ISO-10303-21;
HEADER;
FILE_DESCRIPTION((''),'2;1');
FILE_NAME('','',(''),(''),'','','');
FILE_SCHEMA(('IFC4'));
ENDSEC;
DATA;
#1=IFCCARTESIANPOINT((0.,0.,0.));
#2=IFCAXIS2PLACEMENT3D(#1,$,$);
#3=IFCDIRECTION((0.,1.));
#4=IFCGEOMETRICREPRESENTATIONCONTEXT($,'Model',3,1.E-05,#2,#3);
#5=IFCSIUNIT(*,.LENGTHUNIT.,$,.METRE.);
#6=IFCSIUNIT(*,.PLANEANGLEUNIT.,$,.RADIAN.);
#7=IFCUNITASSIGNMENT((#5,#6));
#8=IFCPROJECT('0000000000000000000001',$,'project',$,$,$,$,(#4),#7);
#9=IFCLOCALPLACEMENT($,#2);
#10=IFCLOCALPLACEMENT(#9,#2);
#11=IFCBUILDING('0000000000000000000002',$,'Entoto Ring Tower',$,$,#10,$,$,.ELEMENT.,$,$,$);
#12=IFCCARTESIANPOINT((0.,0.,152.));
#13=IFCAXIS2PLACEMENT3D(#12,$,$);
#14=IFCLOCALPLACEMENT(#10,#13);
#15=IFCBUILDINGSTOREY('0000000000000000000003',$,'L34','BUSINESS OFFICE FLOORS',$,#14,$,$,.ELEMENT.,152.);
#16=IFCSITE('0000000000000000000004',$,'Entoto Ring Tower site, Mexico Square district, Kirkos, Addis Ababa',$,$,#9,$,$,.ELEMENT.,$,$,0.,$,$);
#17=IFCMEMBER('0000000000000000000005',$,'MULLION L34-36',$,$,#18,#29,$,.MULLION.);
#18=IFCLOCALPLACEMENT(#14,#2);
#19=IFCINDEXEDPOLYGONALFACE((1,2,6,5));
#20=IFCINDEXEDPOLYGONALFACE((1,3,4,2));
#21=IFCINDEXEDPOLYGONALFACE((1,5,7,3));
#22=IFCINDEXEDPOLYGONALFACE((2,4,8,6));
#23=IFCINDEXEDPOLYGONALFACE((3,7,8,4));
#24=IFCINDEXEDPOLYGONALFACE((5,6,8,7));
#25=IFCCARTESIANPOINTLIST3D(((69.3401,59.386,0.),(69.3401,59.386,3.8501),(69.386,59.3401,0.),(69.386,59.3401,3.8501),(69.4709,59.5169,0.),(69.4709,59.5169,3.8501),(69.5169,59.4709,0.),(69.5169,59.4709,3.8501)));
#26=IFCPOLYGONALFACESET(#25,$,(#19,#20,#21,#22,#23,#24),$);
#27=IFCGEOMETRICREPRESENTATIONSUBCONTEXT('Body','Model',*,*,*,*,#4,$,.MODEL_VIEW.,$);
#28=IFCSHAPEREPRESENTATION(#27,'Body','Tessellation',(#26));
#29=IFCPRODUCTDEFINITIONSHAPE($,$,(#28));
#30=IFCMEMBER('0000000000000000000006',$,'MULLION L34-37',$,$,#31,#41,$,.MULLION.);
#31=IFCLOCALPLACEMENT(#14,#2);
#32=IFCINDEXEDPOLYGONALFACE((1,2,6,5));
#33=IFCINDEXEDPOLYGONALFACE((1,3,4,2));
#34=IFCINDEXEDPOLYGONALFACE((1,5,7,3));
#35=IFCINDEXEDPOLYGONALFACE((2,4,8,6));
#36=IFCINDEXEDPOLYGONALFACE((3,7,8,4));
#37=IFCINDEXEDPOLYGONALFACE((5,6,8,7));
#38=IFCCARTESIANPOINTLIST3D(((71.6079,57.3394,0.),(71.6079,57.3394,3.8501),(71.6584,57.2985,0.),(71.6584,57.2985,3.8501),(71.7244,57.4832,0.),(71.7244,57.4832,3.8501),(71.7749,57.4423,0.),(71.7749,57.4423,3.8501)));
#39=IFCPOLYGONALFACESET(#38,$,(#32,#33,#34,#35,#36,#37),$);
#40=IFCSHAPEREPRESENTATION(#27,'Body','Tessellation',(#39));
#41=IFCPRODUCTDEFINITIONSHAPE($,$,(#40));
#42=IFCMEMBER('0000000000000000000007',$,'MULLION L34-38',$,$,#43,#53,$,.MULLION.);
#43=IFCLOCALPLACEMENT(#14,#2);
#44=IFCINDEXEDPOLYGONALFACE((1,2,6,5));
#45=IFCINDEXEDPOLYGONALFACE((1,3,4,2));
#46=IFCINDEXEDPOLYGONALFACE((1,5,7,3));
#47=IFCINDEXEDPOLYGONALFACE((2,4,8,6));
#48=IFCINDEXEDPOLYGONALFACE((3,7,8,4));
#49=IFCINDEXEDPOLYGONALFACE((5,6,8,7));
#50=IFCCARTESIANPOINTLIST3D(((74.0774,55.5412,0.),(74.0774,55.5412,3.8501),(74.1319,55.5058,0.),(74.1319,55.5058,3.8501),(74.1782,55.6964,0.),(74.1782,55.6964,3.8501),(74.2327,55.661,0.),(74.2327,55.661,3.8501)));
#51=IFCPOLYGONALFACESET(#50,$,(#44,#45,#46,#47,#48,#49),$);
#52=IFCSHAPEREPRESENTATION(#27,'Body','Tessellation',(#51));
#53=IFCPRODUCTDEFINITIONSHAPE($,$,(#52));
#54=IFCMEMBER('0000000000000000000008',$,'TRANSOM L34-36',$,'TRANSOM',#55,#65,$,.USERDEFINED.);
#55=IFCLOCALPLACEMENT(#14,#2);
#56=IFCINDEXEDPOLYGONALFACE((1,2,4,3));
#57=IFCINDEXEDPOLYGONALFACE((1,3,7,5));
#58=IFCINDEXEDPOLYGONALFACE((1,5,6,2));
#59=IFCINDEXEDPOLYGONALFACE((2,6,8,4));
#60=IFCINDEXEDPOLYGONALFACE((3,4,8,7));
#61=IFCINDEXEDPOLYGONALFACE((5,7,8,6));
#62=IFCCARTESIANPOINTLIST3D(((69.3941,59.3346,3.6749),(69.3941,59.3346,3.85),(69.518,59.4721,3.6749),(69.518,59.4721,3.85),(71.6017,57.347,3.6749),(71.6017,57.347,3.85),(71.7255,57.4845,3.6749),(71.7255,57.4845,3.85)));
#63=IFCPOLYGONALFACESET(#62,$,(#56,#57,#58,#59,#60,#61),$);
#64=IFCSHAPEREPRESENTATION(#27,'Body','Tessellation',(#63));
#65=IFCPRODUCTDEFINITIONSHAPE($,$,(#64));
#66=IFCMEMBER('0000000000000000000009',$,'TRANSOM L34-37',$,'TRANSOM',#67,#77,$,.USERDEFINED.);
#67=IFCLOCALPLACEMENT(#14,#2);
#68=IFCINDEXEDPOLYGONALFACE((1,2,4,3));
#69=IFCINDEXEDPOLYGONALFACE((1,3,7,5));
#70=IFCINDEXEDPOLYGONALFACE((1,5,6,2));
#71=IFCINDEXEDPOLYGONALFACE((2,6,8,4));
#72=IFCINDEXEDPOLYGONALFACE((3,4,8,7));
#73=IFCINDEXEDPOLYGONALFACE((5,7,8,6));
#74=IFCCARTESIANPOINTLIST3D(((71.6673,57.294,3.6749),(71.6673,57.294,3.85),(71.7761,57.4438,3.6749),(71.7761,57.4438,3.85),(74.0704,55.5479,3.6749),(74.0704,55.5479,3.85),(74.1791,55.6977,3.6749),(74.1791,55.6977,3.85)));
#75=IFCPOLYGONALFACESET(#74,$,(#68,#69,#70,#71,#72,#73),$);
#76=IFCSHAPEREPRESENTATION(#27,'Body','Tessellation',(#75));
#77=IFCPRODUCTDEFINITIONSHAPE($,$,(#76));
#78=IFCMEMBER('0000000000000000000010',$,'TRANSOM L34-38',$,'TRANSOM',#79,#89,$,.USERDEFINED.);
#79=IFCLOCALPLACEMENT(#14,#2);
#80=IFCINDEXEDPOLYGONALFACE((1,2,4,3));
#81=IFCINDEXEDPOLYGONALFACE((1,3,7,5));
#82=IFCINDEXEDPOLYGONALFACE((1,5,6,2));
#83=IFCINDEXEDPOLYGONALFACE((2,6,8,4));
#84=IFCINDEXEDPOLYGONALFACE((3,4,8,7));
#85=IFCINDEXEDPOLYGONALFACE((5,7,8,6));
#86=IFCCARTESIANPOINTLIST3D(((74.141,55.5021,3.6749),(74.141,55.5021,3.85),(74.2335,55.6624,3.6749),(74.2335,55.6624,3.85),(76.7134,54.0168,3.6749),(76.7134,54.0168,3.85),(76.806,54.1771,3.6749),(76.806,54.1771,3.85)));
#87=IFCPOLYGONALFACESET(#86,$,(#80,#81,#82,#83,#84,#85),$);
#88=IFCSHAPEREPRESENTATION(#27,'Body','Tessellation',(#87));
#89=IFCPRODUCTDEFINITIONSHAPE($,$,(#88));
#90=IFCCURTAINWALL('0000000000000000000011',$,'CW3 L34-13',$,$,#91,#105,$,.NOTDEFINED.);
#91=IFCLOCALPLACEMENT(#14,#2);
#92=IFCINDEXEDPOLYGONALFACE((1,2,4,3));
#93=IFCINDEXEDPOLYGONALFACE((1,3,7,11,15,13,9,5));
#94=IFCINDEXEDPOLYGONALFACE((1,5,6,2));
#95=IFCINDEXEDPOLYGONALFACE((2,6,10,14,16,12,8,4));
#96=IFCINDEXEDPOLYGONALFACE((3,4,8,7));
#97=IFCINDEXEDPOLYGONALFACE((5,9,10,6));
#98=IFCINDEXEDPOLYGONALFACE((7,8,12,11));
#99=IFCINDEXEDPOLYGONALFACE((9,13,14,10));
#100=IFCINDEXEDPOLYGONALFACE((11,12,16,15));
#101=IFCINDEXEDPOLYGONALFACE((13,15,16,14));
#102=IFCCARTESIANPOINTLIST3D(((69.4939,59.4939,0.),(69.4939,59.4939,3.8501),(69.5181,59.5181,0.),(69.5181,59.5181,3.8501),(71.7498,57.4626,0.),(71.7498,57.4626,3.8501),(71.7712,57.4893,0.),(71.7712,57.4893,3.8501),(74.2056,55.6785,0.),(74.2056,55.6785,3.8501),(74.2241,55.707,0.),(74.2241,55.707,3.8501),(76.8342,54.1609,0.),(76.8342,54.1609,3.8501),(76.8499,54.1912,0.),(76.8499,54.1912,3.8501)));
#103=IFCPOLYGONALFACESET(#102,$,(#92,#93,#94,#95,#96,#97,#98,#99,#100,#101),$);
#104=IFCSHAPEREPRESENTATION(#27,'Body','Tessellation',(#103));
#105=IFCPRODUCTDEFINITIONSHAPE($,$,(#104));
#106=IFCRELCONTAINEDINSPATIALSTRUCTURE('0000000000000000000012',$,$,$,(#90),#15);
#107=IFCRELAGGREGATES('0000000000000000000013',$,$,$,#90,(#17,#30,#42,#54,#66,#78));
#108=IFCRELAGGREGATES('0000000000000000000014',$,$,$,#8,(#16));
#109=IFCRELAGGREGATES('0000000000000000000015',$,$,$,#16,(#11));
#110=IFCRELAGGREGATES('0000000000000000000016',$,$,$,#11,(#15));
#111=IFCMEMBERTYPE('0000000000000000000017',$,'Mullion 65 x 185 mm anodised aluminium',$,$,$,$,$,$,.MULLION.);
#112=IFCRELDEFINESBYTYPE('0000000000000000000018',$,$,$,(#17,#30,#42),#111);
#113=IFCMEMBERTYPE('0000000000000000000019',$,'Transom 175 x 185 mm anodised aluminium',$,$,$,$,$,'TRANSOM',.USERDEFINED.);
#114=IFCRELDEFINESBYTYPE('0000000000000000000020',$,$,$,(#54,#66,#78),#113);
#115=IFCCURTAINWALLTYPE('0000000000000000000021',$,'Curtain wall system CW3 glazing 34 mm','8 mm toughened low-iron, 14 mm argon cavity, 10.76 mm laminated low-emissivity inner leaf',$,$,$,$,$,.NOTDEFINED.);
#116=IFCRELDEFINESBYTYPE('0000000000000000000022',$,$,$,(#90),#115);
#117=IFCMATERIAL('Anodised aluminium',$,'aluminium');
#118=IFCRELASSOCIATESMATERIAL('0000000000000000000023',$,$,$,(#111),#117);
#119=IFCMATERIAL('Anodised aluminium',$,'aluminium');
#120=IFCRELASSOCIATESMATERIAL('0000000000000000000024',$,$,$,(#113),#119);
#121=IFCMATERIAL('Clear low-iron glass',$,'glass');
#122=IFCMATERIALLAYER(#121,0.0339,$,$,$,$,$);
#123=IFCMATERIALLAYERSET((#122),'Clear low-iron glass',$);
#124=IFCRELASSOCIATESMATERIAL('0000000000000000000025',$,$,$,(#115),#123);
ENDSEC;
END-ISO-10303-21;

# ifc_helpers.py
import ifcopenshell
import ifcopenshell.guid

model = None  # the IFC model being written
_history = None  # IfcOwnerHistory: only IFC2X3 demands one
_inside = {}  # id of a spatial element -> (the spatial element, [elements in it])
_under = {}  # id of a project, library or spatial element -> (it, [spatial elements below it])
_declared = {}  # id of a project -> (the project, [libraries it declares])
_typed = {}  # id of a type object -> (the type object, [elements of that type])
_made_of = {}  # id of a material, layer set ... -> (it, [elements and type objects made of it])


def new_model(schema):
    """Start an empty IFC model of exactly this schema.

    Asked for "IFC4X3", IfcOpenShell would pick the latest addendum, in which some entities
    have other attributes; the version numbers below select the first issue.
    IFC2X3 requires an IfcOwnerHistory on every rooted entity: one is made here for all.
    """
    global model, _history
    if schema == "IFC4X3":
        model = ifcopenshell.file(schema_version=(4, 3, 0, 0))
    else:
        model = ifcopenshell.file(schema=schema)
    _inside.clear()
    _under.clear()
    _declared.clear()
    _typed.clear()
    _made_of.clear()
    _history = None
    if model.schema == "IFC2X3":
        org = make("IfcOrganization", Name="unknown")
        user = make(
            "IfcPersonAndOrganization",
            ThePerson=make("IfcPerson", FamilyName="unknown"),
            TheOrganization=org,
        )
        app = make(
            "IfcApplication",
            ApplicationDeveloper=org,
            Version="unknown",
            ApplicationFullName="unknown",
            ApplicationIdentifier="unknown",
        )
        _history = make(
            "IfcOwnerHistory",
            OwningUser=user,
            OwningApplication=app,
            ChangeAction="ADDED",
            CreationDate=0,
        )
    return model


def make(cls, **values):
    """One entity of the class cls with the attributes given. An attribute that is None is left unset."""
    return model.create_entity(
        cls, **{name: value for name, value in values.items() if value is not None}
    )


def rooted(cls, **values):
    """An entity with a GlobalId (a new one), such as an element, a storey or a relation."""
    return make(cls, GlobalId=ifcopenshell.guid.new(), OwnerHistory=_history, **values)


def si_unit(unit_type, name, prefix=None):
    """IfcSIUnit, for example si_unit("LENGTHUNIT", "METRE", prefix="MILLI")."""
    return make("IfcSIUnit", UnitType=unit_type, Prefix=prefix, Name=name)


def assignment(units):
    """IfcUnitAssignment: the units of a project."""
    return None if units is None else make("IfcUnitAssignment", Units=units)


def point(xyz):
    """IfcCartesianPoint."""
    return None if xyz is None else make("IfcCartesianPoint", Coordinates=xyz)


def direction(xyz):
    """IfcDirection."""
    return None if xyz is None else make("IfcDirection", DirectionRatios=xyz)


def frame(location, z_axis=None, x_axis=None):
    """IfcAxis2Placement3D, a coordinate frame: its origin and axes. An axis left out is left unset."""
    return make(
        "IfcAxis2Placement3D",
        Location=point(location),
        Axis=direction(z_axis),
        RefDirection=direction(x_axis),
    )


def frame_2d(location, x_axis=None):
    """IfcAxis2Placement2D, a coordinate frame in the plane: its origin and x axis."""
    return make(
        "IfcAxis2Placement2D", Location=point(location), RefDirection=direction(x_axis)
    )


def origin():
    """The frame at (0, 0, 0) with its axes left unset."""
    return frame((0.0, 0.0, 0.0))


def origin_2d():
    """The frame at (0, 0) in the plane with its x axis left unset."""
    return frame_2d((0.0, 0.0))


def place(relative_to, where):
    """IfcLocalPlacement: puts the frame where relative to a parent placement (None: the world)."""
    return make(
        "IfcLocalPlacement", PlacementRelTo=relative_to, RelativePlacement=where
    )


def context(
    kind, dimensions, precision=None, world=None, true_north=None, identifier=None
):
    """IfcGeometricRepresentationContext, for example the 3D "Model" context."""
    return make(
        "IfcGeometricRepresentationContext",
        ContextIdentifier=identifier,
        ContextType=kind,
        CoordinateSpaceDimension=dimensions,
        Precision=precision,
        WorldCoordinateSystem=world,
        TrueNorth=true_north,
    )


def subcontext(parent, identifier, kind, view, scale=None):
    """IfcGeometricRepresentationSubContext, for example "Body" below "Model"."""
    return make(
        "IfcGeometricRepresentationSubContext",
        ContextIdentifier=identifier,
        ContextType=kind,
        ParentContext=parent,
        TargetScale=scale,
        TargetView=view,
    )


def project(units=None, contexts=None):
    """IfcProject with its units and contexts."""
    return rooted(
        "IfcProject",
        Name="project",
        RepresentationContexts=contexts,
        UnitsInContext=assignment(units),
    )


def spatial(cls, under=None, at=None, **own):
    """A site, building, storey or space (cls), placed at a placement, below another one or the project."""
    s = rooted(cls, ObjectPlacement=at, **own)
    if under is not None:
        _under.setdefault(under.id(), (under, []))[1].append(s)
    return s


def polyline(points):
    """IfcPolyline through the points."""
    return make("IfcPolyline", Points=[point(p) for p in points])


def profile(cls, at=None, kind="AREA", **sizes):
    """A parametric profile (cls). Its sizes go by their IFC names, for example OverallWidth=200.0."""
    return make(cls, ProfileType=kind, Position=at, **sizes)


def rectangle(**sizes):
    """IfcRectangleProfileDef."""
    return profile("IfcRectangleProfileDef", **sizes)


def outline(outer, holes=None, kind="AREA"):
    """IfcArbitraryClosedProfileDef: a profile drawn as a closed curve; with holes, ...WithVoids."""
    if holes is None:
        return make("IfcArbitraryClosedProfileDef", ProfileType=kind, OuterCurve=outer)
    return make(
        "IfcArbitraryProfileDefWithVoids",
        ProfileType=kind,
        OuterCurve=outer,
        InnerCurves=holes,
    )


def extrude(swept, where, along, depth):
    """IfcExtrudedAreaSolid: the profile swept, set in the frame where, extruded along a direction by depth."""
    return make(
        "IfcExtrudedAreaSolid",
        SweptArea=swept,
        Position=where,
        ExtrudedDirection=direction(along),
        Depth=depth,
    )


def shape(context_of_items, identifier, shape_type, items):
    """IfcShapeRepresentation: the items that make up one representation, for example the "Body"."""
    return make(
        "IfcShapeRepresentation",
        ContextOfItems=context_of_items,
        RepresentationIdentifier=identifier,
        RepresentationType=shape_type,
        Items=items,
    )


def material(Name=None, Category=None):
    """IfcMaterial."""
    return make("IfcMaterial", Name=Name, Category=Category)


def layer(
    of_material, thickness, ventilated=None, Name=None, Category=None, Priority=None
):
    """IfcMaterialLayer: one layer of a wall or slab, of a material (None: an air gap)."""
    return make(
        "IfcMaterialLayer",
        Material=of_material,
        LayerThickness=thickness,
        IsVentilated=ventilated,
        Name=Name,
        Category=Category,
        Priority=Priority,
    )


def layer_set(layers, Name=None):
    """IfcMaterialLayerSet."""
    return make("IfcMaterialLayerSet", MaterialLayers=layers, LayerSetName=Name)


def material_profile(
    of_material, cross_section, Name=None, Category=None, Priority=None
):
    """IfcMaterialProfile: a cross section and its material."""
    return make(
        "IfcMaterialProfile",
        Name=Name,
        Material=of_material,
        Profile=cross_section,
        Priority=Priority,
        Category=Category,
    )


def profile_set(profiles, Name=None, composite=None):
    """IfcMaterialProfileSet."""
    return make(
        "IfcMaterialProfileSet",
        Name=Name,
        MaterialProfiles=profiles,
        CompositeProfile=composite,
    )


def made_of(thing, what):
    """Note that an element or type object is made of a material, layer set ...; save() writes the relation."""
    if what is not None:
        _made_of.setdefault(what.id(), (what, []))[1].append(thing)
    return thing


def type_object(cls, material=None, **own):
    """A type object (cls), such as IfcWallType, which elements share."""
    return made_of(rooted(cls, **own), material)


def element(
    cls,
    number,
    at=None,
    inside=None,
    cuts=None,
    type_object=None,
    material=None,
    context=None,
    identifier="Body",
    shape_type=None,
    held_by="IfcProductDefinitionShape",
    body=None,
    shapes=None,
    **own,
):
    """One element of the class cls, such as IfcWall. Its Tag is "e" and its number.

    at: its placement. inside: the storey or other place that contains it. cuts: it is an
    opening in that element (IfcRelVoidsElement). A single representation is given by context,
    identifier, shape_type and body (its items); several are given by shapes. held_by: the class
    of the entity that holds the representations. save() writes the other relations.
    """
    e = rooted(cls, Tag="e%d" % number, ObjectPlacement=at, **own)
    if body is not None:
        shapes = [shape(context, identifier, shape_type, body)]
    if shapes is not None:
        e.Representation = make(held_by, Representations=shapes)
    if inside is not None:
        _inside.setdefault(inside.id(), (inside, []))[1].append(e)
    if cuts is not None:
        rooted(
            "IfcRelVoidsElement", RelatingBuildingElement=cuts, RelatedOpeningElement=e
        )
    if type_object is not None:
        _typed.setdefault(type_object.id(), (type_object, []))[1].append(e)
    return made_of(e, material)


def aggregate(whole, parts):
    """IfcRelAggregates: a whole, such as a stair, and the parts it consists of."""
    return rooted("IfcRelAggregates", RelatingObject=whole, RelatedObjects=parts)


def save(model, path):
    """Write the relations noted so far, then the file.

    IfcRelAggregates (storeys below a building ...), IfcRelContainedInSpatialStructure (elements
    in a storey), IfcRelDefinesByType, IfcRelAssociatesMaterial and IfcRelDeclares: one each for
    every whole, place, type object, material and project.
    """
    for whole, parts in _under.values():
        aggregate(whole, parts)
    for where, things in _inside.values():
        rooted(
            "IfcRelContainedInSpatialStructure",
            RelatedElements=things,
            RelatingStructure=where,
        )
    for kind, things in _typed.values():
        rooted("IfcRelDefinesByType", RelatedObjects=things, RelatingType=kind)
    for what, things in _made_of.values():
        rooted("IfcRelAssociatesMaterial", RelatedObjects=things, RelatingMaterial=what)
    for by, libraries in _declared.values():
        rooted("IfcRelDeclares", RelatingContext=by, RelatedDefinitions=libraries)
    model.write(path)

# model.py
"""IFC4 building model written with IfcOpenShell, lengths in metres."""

from ifc_helpers import new_model, si_unit, direction, frame, origin, origin_2d, place, context, subcontext, project, spatial, polyline, rectangle, outline, extrude, material, layer, layer_set, material_profile, profile_set, type_object, element, aggregate, save


model = new_model("IFC4")

# Units and contexts
model_context = context("Model", 3, precision=1e-05, world=origin(), true_north=direction((0.0, 1.0)))
body_context = subcontext(model_context, "Body", "Model", "MODEL_VIEW")
ifc_project = project(units=[si_unit("LENGTHUNIT", "METRE"), si_unit("PLANEANGLEUNIT", "RADIAN")], contexts=[model_context])

# Members
ifc_material_1 = material(Name="Anodised aluminium", Category="aluminium")
ifc_material_profile_1 = material_profile(ifc_material_1, rectangle(XDim=0.0649, YDim=0.1851, at=origin_2d()), Name="Mullion 65 x 185 mm anodised aluminium")
ifc_profile_set_1 = profile_set([ifc_material_profile_1], Name="Anodised aluminium")
member_type_1 = type_object("IfcMemberType", Name="Mullion 65 x 185 mm anodised aluminium", PredefinedType="MULLION", material=ifc_profile_set_1)
site_placement = place(None, origin())
building_placement = place(site_placement, origin())
storey_placement = place(building_placement, frame((0.0, 0.0, 152.0)))
member_1_placement = place(storey_placement, frame((69.4285, 59.4285, 0.0), z_axis=(0.0, 0.0, 1.0), x_axis=(0.707107, -0.707107, 0.0)))
member_1 = element("IfcMember", 1, at=member_1_placement, type_object=member_type_1, Name="MULLION L34-36", PredefinedType="MULLION", context=body_context, shape_type="SweptSolid", body=[
    extrude(rectangle(XDim=0.0649, YDim=0.1851, at=origin_2d()), origin(), (0.0, 0.0, 1.0), 3.8501),
])
member_2_placement = place(storey_placement, frame((71.6914, 57.3909, 0.0), z_axis=(0.0, 0.0, 1.0), x_axis=(0.777146, -0.62932, 0.0)))
member_2 = element("IfcMember", 2, at=member_2_placement, type_object=member_type_1, Name="MULLION L34-37", PredefinedType="MULLION", context=body_context, shape_type="SweptSolid", body=[
    extrude(rectangle(XDim=0.0649, YDim=0.1851, at=origin_2d()), origin(), (0.0, 0.0, 1.0), 3.8501),
])
member_3_placement = place(storey_placement, frame((74.155, 55.6011, 0.0), z_axis=(0.0, 0.0, 1.0), x_axis=(0.838671, -0.544639, 0.0)))
member_3 = element("IfcMember", 3, at=member_3_placement, type_object=member_type_1, Name="MULLION L34-38", PredefinedType="MULLION", context=body_context, shape_type="SweptSolid", body=[
    extrude(rectangle(XDim=0.0649, YDim=0.1851, at=origin_2d()), origin(), (0.0, 0.0, 1.0), 3.8501),
])
ifc_material_2 = material(Name="Anodised aluminium", Category="aluminium")
ifc_material_profile_2 = material_profile(ifc_material_2, rectangle(XDim=0.1851, YDim=0.175, at=origin_2d()), Name="Transom 175 x 185 mm anodised aluminium")
ifc_profile_set_2 = profile_set([ifc_material_profile_2], Name="Anodised aluminium")
member_type_2 = type_object("IfcMemberType", Name="Transom 175 x 185 mm anodised aluminium", ElementType="TRANSOM", PredefinedType="USERDEFINED", material=ifc_profile_set_2)
member_4_placement = place(storey_placement, frame((69.4561, 59.4033, 3.7625), z_axis=(0.743163, -0.66911, 0.0), x_axis=(0.66911, 0.743163, 0.0)))
member_4 = element("IfcMember", 4, at=member_4_placement, type_object=member_type_2, Name="TRANSOM L34-36", ObjectType="TRANSOM", PredefinedType="USERDEFINED", context=body_context, shape_type="SweptSolid", body=[
    extrude(rectangle(XDim=0.1851, YDim=0.175, at=origin_2d()), origin(), (0.0, 0.0, 1.0), 2.9705),
])
member_5_placement = place(storey_placement, frame((71.7217, 57.3689, 3.7625), z_axis=(0.808992, -0.58782, 0.0), x_axis=(0.58782, 0.808992, 0.0)))
member_5 = element("IfcMember", 5, at=member_5_placement, type_object=member_type_2, Name="TRANSOM L34-37", ObjectType="TRANSOM", PredefinedType="USERDEFINED", context=body_context, shape_type="SweptSolid", body=[
    extrude(rectangle(XDim=0.1851, YDim=0.175, at=origin_2d()), origin(), (0.0, 0.0, 1.0), 2.9705),
])
member_6_placement = place(storey_placement, frame((74.1873, 55.5823, 3.7625), z_axis=(0.866009, -0.500028, 0.0), x_axis=(0.500028, 0.866009, 0.0)))
member_6 = element("IfcMember", 6, at=member_6_placement, type_object=member_type_2, Name="TRANSOM L34-38", ObjectType="TRANSOM", PredefinedType="USERDEFINED", context=body_context, shape_type="SweptSolid", body=[
    extrude(rectangle(XDim=0.1851, YDim=0.175, at=origin_2d()), origin(), (0.0, 0.0, 1.0), 2.9705),
])

# Site, building, storey
site = spatial("IfcSite", under=ifc_project, at=site_placement, Name="Entoto Ring Tower site, Mexico Square district, Kirkos, Addis Ababa", CompositionType="ELEMENT", RefElevation=0.0)
building = spatial("IfcBuilding", under=site, at=building_placement, Name="Entoto Ring Tower", CompositionType="ELEMENT")
storey = spatial("IfcBuildingStorey", under=building, at=storey_placement, Name="L34", Description="BUSINESS OFFICE FLOORS", CompositionType="ELEMENT", Elevation=152.0)

# Curtain wall
ifc_material_3 = material(Name="Clear low-iron glass", Category="glass")
ifc_layer = layer(ifc_material_3, 0.0339)
ifc_layer_set = layer_set([ifc_layer], Name="Clear low-iron glass")
curtain_wall_type = type_object("IfcCurtainWallType", Name="Curtain wall system CW3 glazing 34 mm", Description="8 mm toughened low-iron, 14 mm argon cavity, 10.76 mm laminated low-emissivity inner leaf", PredefinedType="NOTDEFINED", material=ifc_layer_set)
curtain_wall_1_placement = place(storey_placement, origin())
curtain_wall_1 = element("IfcCurtainWall", 7, at=curtain_wall_1_placement, inside=storey, type_object=curtain_wall_type, Name="CW3 L34-13", PredefinedType="NOTDEFINED", context=body_context, shape_type="SweptSolid", body=[
    extrude(outline(polyline([(69.4939, 59.4939), (71.7498, 57.4626), (74.2056, 55.6785), (76.8342, 54.1609), (76.8499, 54.1912), (74.2241, 55.707), (71.7712, 57.4893), (69.5181, 59.5181), (69.4939, 59.4939)])), origin(), (0.0, 0.0, 1.0), 3.8501),
])
aggregate(curtain_wall_1, [member_1, member_2, member_3, member_4, member_5, member_6])

save(model, "model.ifc")
